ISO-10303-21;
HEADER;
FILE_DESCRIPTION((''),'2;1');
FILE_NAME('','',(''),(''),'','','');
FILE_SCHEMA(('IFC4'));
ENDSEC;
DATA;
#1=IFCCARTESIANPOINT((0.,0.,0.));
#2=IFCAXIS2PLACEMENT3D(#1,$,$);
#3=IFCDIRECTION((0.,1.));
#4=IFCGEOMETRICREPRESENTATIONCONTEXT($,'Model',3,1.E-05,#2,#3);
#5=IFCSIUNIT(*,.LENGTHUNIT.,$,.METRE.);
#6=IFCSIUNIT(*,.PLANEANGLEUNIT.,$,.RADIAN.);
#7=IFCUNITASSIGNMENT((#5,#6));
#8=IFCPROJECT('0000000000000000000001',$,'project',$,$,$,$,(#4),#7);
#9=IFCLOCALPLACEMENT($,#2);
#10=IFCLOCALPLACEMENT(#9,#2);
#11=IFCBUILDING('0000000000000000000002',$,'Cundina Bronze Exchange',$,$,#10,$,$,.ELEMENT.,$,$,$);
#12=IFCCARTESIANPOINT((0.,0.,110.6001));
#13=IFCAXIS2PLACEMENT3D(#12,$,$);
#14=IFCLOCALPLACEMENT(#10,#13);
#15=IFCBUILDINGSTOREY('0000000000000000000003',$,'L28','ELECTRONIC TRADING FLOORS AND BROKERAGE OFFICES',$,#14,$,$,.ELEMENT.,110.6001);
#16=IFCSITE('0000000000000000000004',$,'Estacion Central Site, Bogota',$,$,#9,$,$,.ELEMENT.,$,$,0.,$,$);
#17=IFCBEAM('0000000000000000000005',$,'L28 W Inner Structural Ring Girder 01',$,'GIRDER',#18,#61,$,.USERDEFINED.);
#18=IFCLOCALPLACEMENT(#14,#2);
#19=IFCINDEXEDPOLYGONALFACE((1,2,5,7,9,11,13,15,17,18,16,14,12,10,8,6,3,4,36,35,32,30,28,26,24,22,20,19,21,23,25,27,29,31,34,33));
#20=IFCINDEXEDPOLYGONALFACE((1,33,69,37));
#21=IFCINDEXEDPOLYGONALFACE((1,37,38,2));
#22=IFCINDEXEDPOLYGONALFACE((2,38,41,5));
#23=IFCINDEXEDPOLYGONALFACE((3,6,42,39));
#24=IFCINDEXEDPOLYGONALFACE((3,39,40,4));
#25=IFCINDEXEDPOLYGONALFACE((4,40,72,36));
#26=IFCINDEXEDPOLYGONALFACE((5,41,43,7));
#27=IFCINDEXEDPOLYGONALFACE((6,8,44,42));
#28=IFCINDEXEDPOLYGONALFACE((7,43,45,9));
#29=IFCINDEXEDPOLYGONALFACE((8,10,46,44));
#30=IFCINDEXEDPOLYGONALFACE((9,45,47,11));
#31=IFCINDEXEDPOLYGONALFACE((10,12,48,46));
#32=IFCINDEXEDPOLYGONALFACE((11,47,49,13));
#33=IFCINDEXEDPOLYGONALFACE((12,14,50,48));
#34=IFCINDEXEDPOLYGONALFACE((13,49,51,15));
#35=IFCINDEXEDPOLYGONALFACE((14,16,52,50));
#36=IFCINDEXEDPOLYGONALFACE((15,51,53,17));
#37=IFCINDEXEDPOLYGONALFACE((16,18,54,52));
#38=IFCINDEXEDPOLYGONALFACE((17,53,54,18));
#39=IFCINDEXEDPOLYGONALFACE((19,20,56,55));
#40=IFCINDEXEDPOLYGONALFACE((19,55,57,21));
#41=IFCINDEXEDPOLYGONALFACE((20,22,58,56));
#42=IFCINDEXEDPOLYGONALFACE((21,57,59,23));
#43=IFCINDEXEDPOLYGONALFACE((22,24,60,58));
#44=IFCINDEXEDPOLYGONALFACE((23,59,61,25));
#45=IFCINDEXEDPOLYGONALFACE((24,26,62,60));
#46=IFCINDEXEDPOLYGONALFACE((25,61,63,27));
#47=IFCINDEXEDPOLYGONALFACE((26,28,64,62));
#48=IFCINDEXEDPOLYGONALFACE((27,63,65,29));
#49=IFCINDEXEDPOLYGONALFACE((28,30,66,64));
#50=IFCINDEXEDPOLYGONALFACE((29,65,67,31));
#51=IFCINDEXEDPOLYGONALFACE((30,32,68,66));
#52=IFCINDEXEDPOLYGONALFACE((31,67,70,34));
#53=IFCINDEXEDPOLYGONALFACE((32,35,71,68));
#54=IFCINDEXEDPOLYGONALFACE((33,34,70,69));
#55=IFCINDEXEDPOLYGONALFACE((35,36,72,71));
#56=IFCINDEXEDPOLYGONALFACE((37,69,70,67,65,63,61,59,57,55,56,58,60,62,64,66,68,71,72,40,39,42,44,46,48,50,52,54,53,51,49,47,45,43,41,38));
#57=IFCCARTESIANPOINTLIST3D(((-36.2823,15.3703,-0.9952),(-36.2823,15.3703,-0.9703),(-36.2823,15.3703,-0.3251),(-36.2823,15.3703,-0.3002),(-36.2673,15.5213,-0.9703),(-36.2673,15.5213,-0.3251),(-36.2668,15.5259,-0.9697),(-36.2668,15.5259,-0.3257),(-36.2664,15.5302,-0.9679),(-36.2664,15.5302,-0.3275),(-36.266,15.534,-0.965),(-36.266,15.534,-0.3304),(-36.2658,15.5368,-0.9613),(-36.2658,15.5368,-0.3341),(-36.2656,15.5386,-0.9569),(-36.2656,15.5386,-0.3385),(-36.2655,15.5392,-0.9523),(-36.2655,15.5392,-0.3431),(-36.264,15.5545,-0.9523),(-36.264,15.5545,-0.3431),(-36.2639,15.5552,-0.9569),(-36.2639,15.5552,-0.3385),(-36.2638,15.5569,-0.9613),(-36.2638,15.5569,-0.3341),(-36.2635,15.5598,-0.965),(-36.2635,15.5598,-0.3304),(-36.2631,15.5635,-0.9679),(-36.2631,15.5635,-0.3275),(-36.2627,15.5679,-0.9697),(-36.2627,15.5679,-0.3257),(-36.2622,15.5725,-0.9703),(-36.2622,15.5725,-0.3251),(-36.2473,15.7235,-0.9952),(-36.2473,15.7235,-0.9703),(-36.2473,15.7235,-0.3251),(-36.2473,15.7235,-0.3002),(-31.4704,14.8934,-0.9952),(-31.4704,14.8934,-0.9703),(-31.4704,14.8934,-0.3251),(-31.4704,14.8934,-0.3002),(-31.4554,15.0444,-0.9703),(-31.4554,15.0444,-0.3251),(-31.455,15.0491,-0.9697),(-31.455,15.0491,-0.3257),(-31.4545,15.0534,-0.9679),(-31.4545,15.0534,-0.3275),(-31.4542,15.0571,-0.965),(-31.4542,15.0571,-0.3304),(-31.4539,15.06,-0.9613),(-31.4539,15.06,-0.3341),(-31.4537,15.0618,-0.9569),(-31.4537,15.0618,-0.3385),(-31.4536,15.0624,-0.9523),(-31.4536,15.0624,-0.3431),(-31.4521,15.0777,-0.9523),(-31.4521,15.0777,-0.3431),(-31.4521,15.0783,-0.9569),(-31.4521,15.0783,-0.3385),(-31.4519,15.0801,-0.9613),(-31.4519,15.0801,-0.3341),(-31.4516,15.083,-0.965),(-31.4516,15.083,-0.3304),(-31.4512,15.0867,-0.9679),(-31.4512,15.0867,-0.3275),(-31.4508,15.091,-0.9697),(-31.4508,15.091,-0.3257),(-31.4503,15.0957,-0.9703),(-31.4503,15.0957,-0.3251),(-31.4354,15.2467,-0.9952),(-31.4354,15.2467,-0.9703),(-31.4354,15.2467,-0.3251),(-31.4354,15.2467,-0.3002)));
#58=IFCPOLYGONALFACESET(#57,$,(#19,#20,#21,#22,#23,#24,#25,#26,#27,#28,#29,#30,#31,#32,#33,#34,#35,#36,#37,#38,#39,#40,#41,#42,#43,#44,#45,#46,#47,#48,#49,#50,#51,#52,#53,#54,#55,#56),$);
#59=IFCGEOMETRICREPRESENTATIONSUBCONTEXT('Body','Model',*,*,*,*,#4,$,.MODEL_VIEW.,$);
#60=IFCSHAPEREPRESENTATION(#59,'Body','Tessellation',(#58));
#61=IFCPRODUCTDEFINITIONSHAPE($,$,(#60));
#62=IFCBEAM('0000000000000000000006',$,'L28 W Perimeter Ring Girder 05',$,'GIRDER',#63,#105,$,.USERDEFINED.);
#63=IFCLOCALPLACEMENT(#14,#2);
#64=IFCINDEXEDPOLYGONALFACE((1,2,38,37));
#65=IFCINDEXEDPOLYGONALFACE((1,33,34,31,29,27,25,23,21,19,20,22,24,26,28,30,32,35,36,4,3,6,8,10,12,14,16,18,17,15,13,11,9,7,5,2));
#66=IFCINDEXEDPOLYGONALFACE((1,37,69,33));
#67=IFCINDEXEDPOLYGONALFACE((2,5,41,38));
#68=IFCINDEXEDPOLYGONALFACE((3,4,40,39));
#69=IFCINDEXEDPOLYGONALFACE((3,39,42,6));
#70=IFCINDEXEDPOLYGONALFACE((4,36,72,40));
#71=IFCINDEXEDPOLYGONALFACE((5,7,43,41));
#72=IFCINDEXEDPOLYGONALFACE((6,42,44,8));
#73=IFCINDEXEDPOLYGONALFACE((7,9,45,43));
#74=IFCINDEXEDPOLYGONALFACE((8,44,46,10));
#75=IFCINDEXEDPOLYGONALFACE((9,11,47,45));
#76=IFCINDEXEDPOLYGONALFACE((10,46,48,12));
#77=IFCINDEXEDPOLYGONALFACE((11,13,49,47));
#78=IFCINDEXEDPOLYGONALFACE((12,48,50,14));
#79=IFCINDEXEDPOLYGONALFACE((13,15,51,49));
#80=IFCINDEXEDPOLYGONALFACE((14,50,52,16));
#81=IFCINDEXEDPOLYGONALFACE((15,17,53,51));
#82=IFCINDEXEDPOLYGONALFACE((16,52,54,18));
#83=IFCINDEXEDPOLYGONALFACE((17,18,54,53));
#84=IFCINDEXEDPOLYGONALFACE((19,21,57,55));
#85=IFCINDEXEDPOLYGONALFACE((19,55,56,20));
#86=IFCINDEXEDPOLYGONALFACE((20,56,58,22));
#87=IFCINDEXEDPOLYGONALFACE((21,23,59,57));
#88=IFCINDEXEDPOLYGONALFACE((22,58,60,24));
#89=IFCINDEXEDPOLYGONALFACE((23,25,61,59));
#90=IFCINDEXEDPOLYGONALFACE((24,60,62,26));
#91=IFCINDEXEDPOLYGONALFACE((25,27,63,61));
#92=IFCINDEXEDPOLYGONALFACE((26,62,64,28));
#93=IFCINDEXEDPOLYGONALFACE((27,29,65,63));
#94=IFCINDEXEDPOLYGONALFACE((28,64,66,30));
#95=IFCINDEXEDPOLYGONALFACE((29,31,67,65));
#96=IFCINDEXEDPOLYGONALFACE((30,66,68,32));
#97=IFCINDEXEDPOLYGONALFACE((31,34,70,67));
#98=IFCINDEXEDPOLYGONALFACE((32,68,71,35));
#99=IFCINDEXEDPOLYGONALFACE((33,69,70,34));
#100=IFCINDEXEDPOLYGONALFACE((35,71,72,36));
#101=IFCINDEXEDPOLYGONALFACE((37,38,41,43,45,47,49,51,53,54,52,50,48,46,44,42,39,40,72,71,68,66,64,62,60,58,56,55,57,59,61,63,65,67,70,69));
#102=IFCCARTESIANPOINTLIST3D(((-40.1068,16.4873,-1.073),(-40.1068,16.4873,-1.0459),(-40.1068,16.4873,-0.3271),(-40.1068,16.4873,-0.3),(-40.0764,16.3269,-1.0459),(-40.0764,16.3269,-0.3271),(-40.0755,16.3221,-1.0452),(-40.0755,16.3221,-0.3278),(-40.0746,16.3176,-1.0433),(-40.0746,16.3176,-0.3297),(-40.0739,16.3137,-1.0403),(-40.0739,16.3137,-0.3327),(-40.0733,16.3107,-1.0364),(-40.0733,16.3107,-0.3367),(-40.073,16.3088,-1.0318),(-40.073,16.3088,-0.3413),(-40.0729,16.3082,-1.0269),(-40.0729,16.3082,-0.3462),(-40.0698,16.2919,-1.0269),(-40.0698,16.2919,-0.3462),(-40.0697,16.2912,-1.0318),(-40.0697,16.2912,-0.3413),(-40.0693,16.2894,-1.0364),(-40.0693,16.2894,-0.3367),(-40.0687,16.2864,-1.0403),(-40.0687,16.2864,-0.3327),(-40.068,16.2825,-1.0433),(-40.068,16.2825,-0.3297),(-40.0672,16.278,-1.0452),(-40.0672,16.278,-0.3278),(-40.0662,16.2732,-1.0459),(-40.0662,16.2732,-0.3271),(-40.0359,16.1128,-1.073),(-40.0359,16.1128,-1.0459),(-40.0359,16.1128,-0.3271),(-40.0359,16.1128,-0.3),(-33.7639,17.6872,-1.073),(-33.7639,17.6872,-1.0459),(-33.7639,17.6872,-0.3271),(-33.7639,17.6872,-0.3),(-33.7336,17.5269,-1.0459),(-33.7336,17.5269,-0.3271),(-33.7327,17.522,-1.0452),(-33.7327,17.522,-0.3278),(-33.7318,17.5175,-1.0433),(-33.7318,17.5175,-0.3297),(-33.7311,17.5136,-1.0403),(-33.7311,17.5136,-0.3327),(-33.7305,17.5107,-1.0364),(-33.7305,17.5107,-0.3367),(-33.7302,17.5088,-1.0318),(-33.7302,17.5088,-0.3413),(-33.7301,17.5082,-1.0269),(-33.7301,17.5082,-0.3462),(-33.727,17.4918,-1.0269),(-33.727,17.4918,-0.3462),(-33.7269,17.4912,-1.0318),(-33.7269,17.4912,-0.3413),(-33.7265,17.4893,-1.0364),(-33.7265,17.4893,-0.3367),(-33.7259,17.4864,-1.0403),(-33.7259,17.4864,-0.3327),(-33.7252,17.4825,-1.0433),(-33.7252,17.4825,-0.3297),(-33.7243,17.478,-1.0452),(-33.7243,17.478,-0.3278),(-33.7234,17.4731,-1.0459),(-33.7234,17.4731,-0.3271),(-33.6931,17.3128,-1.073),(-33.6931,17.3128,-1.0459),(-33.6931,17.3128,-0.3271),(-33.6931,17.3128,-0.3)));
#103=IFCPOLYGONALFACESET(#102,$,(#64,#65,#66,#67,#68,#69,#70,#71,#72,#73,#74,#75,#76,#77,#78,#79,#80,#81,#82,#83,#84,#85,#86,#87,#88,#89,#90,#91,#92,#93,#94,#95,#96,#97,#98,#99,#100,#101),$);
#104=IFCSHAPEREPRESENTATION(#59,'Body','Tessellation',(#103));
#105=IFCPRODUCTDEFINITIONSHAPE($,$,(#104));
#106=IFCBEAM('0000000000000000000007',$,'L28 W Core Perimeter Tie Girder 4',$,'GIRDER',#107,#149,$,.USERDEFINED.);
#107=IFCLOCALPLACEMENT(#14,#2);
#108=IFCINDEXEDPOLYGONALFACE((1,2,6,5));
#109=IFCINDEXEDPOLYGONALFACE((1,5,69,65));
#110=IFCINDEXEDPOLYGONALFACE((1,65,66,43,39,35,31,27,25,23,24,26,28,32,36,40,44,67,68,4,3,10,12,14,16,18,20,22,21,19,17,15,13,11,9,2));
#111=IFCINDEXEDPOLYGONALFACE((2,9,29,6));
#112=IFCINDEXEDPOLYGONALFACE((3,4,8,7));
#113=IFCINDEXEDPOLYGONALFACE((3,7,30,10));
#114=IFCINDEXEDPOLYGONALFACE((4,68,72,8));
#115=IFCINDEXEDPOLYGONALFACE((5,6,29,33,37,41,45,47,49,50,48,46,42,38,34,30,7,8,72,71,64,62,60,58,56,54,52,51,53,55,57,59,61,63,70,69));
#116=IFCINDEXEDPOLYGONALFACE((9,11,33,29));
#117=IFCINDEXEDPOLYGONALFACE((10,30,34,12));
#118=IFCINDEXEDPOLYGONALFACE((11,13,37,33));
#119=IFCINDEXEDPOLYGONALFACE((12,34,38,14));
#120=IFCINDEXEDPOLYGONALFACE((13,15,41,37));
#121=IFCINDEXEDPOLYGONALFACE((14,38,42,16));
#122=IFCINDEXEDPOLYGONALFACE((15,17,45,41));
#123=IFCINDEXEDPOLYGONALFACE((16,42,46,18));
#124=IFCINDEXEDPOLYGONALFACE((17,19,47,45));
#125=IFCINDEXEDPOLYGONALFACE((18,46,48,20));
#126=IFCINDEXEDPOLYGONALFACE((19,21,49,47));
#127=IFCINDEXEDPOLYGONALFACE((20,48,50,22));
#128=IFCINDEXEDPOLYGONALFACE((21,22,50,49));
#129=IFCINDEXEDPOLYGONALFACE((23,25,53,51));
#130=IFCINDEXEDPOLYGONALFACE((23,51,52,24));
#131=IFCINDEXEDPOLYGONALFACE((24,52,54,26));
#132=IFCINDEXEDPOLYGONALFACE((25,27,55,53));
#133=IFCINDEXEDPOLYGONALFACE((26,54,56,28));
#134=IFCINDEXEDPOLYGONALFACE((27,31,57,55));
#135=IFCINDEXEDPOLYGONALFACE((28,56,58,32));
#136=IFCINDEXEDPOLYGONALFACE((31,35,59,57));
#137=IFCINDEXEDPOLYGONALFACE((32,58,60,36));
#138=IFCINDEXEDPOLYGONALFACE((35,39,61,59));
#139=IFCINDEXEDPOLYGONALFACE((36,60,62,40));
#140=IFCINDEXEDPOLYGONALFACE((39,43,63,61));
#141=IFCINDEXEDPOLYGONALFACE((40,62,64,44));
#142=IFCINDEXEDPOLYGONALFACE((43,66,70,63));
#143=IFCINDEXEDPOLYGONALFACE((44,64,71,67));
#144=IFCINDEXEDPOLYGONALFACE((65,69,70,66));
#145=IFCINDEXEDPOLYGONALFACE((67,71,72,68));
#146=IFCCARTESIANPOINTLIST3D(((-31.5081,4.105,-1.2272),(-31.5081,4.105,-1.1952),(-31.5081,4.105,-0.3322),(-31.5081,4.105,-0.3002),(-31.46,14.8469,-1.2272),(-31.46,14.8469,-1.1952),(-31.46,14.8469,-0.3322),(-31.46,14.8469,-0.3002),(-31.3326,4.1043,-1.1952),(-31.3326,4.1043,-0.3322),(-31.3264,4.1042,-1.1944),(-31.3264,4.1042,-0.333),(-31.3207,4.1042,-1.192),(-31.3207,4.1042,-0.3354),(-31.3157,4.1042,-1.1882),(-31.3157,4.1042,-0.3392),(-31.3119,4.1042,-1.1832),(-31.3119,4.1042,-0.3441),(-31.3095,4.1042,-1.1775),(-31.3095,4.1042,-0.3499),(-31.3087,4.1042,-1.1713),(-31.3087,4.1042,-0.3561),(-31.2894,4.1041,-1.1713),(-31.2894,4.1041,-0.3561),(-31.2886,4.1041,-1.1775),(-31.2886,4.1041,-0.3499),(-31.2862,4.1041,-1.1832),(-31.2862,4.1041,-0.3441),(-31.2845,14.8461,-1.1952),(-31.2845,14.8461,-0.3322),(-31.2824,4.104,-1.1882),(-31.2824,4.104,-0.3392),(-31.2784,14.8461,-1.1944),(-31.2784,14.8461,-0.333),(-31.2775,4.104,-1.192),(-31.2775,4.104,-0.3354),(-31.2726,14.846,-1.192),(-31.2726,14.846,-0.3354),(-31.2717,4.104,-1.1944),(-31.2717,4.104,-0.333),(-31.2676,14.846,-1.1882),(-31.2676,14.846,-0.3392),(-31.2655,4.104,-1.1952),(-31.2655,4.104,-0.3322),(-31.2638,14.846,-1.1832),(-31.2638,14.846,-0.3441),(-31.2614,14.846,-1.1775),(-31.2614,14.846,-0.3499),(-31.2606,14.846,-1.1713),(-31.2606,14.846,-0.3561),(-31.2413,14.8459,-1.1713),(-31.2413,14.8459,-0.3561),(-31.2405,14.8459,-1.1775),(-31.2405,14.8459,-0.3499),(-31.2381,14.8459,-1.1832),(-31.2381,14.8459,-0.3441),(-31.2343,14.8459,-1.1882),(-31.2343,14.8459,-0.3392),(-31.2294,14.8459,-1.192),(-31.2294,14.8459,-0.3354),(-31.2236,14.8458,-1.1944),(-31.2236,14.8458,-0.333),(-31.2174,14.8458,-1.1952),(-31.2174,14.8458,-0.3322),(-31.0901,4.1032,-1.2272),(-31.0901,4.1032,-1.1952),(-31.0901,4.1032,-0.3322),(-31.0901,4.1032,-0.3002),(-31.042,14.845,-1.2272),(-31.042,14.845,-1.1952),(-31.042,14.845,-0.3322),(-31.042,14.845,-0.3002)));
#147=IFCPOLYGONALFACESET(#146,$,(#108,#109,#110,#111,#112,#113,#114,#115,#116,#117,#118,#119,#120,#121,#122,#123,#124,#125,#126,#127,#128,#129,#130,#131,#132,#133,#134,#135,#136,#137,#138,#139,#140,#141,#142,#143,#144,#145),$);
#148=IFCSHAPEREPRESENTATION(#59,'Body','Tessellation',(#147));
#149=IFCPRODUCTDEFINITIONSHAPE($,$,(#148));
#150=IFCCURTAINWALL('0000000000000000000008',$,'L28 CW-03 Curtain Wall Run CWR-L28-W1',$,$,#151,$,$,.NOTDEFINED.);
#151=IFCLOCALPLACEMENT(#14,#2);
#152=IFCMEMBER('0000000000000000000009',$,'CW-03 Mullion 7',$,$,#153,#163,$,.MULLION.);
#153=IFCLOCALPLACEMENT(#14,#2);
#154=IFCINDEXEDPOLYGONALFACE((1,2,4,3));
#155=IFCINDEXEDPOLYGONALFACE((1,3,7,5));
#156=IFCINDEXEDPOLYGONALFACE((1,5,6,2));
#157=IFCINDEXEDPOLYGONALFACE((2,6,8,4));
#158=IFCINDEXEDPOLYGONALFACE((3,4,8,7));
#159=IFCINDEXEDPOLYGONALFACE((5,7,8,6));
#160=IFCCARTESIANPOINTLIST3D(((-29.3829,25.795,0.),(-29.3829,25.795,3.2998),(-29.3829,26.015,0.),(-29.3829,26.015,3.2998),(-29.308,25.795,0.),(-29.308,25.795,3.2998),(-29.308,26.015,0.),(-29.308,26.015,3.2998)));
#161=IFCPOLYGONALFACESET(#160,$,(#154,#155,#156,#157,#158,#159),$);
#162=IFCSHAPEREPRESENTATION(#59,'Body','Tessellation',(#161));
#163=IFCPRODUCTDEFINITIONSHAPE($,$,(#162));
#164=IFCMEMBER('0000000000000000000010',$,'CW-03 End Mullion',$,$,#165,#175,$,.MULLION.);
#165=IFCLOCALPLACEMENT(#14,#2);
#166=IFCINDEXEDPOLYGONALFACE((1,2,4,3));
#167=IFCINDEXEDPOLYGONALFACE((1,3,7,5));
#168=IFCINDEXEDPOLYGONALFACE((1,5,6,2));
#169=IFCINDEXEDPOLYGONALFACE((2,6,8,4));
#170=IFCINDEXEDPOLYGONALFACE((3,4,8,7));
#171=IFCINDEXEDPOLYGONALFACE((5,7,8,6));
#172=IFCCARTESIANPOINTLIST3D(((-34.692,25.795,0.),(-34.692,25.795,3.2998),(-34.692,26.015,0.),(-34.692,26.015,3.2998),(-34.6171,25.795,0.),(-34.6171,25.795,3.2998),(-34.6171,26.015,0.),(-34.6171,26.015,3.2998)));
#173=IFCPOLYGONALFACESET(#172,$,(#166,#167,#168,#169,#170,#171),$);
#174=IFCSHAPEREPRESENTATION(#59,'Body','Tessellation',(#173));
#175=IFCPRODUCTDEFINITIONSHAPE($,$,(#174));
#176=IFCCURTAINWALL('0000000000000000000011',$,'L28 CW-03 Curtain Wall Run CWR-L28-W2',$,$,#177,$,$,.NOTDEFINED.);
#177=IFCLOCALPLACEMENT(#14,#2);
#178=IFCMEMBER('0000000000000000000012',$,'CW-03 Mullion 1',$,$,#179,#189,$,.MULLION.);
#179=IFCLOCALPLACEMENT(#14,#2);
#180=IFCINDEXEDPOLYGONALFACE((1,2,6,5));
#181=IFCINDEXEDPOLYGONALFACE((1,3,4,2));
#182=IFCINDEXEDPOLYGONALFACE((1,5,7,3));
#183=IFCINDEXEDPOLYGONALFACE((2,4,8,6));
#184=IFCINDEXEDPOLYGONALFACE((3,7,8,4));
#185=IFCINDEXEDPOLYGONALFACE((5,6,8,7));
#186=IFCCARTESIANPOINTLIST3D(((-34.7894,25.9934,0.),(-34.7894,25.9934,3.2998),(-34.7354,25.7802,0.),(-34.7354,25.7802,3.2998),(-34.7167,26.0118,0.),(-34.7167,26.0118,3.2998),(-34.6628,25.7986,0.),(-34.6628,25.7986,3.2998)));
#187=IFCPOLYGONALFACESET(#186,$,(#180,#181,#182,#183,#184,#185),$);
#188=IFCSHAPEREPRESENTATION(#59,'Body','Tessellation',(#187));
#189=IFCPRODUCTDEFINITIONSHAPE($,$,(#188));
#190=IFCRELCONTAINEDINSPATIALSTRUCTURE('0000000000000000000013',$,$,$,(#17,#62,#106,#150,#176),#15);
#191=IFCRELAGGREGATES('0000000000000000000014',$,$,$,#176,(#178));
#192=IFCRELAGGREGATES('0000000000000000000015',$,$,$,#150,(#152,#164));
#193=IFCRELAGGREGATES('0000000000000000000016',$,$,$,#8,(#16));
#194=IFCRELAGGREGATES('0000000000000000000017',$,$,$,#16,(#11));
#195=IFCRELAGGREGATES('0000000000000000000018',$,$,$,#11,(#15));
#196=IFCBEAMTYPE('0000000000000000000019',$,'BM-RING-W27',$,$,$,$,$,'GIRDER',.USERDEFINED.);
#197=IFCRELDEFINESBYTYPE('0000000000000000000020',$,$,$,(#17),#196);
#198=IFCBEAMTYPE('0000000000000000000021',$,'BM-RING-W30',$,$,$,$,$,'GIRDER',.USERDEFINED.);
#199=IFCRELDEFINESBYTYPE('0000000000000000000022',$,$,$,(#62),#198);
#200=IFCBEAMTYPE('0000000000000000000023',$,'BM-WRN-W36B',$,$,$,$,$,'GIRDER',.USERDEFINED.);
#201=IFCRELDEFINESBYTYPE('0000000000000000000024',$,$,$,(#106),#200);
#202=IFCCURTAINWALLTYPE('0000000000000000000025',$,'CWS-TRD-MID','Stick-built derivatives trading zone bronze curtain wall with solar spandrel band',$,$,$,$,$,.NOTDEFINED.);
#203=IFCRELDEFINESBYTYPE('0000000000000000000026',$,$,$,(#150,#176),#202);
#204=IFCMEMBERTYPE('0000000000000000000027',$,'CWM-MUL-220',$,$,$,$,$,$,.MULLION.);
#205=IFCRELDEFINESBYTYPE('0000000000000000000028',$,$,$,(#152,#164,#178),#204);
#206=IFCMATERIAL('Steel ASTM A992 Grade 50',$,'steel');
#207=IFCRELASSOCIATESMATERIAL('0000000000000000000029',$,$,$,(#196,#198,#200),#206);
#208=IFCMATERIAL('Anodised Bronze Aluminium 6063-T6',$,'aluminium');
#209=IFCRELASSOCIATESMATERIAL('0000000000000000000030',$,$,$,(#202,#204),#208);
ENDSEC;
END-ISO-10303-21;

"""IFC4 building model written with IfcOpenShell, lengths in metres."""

from ifc_helpers import new_model, si_unit, direction, frame, origin, origin_2d, place, context, subcontext, project, spatial, rectangle, i_section, extrude, material, material_profile, profile_set, type_object, element, aggregate, save


model = new_model("IFC4")

# Units and contexts
model_context = context("Model", 3, precision=1e-05, world=origin(), true_north=direction((0.0, 1.0)))
body_context = subcontext(model_context, "Body", "Model", "MODEL_VIEW")
ifc_project = project(units=[si_unit("LENGTHUNIT", "METRE"), si_unit("PLANEANGLEUNIT", "RADIAN")], contexts=[model_context])

# Site, building, storey
site_placement = place(None, origin())
site = spatial("IfcSite", under=ifc_project, at=site_placement, Name="Estacion Central Site, Bogota", CompositionType="ELEMENT", RefElevation=0.0)
building_placement = place(site_placement, origin())
building = spatial("IfcBuilding", under=site, at=building_placement, Name="Cundina Bronze Exchange", CompositionType="ELEMENT")
storey_placement = place(building_placement, frame((0.0, 0.0, 110.6001)))
storey = spatial("IfcBuildingStorey", under=building, at=storey_placement, Name="L28", Description="ELECTRONIC TRADING FLOORS AND BROKERAGE OFFICES", CompositionType="ELEMENT", Elevation=110.6001)

# Shared definitions
ifc_material_1 = material(Name="Steel ASTM A992 Grade 50", Category="steel")

# Beams
ifc_material_profile_1 = material_profile(ifc_material_1, i_section(OverallWidth=0.355, OverallDepth=0.6951, WebThickness=0.0154, FlangeThickness=0.0249, FilletRadius=0.0181, at=origin_2d()), Name="W27X146", Category="steel")
ifc_profile_set_1 = profile_set([ifc_material_profile_1], Name="Steel ASTM A992 Grade 50")
beam_type_1 = type_object("IfcBeamType", Name="BM-RING-W27", ElementType="GIRDER", PredefinedType="USERDEFINED", material=ifc_profile_set_1)
beam_1_placement = place(storey_placement, frame((-31.4529, 15.0701, -0.6477), z_axis=(-0.995126, 0.098609, 0.0), x_axis=(-0.098609, -0.995126, 0.0)))
element("IfcBeam", 1, at=beam_1_placement, inside=storey, type_object=beam_type_1, Name="L28 W Inner Structural Ring Girder 01", ObjectType="GIRDER", PredefinedType="USERDEFINED", context=body_context, shape_type="SweptSolid", body=[
    extrude(i_section(OverallWidth=0.355, OverallDepth=0.6951, WebThickness=0.0154, FlangeThickness=0.0249, FilletRadius=0.0181, at=origin_2d()), origin(), (0.0, 0.0, 1.0), 4.8354),
])
ifc_material_profile_2 = material_profile(ifc_material_1, i_section(OverallWidth=0.3811, OverallDepth=0.7729, WebThickness=0.0166, FlangeThickness=0.0271, FilletRadius=0.019, at=origin_2d()), Name="W30X173", Category="steel")
ifc_profile_set_2 = profile_set([ifc_material_profile_2], Name="Steel ASTM A992 Grade 50")
beam_type_2 = type_object("IfcBeamType", Name="BM-RING-W30", ElementType="GIRDER", PredefinedType="USERDEFINED", material=ifc_profile_set_2)
beam_2_placement = place(storey_placement, frame((-33.7285, 17.5, -0.6865), z_axis=(-0.982571, -0.185887, 0.0), x_axis=(0.185887, -0.982571, 0.0)))
element("IfcBeam", 2, at=beam_2_placement, inside=storey, type_object=beam_type_2, Name="L28 W Perimeter Ring Girder 05", ObjectType="GIRDER", PredefinedType="USERDEFINED", context=body_context, shape_type="SweptSolid", body=[
    extrude(i_section(OverallWidth=0.3811, OverallDepth=0.7729, WebThickness=0.0166, FlangeThickness=0.0271, FilletRadius=0.019, at=origin_2d()), origin(), (0.0, 0.0, 1.0), 6.4553),
])
ifc_material_profile_3 = material_profile(ifc_material_1, i_section(OverallWidth=0.418, OverallDepth=0.927, WebThickness=0.0193, FlangeThickness=0.032, FilletRadius=0.0239, at=origin_2d()), Name="W36X231", Category="steel")
ifc_profile_set_3 = profile_set([ifc_material_profile_3], Name="Steel ASTM A992 Grade 50")
beam_type_3 = type_object("IfcBeamType", Name="BM-WRN-W36B", ElementType="GIRDER", PredefinedType="USERDEFINED", material=ifc_profile_set_3)
beam_3_placement = place(storey_placement, frame((-31.251, 14.8459, -0.7637), z_axis=(-0.004477, -0.99999, 0.0), x_axis=(0.99999, -0.004477, 0.0)))
element("IfcBeam", 3, at=beam_3_placement, inside=storey, type_object=beam_type_3, Name="L28 W Core Perimeter Tie Girder 4", ObjectType="GIRDER", PredefinedType="USERDEFINED", context=body_context, shape_type="SweptSolid", body=[
    extrude(i_section(OverallWidth=0.418, OverallDepth=0.927, WebThickness=0.0193, FlangeThickness=0.032, FilletRadius=0.0239, at=origin_2d()), origin(), (0.0, 0.0, 1.0), 10.7419),
])

# Curtain wall, members
ifc_material_2 = material(Name="Anodised Bronze Aluminium 6063-T6", Category="aluminium")
curtain_wall_type = type_object("IfcCurtainWallType", Name="CWS-TRD-MID", Description="Stick-built derivatives trading zone bronze curtain wall with solar spandrel band", PredefinedType="NOTDEFINED", material=ifc_material_2)
curtain_wall_1_placement = place(storey_placement, origin())
curtain_wall_1 = element("IfcCurtainWall", 4, at=curtain_wall_1_placement, inside=storey, type_object=curtain_wall_type, Name="L28 CW-03 Curtain Wall Run CWR-L28-W1", PredefinedType="NOTDEFINED")
ifc_material_profile_4 = material_profile(ifc_material_2, rectangle(XDim=0.075, YDim=0.22, at=origin_2d()), Name="AL75X220", Category="aluminium")
ifc_profile_set_4 = profile_set([ifc_material_profile_4], Name="Anodised Bronze Aluminium 6063-T6")
member_type_1 = type_object("IfcMemberType", Name="CWM-MUL-220", PredefinedType="MULLION", material=ifc_profile_set_4)
member_1_placement = place(storey_placement, frame((-29.3455, 25.905, 0.0), z_axis=(0.0, 0.0, 1.0), x_axis=(-1.0, 0.0, 0.0)))
member_1 = element("IfcMember", 5, at=member_1_placement, type_object=member_type_1, Name="CW-03 Mullion 7", PredefinedType="MULLION", context=body_context, shape_type="SweptSolid", body=[
    extrude(rectangle(XDim=0.075, YDim=0.22, at=origin_2d()), origin(), (0.0, 0.0, 1.0), 3.2998),
])
member_2_placement = place(storey_placement, frame((-34.6545, 25.905, 0.0), z_axis=(0.0, 0.0, 1.0), x_axis=(-1.0, 0.0, 0.0)))
member_2 = element("IfcMember", 6, at=member_2_placement, type_object=member_type_1, Name="CW-03 End Mullion", PredefinedType="MULLION", context=body_context, shape_type="SweptSolid", body=[
    extrude(rectangle(XDim=0.075, YDim=0.22, at=origin_2d()), origin(), (0.0, 0.0, 1.0), 3.2998),
])

# Curtain wall, member
curtain_wall_2_placement = place(storey_placement, origin())
curtain_wall_2 = element("IfcCurtainWall", 7, at=curtain_wall_2_placement, inside=storey, type_object=curtain_wall_type, Name="L28 CW-03 Curtain Wall Run CWR-L28-W2", PredefinedType="NOTDEFINED")
member_3_placement = place(storey_placement, frame((-34.7261, 25.896, 0.0), z_axis=(0.0, 0.0, 1.0), x_axis=(-0.969488, -0.245138, 0.0)))
member_3 = element("IfcMember", 8, at=member_3_placement, type_object=member_type_1, Name="CW-03 Mullion 1", PredefinedType="MULLION", context=body_context, shape_type="SweptSolid", body=[
    extrude(rectangle(XDim=0.075, YDim=0.22, at=origin_2d()), origin(), (0.0, 0.0, 1.0), 3.2998),
])

aggregate(curtain_wall_2, [member_3])

aggregate(curtain_wall_1, [member_1, member_2])

save(model, "model.ifc")
